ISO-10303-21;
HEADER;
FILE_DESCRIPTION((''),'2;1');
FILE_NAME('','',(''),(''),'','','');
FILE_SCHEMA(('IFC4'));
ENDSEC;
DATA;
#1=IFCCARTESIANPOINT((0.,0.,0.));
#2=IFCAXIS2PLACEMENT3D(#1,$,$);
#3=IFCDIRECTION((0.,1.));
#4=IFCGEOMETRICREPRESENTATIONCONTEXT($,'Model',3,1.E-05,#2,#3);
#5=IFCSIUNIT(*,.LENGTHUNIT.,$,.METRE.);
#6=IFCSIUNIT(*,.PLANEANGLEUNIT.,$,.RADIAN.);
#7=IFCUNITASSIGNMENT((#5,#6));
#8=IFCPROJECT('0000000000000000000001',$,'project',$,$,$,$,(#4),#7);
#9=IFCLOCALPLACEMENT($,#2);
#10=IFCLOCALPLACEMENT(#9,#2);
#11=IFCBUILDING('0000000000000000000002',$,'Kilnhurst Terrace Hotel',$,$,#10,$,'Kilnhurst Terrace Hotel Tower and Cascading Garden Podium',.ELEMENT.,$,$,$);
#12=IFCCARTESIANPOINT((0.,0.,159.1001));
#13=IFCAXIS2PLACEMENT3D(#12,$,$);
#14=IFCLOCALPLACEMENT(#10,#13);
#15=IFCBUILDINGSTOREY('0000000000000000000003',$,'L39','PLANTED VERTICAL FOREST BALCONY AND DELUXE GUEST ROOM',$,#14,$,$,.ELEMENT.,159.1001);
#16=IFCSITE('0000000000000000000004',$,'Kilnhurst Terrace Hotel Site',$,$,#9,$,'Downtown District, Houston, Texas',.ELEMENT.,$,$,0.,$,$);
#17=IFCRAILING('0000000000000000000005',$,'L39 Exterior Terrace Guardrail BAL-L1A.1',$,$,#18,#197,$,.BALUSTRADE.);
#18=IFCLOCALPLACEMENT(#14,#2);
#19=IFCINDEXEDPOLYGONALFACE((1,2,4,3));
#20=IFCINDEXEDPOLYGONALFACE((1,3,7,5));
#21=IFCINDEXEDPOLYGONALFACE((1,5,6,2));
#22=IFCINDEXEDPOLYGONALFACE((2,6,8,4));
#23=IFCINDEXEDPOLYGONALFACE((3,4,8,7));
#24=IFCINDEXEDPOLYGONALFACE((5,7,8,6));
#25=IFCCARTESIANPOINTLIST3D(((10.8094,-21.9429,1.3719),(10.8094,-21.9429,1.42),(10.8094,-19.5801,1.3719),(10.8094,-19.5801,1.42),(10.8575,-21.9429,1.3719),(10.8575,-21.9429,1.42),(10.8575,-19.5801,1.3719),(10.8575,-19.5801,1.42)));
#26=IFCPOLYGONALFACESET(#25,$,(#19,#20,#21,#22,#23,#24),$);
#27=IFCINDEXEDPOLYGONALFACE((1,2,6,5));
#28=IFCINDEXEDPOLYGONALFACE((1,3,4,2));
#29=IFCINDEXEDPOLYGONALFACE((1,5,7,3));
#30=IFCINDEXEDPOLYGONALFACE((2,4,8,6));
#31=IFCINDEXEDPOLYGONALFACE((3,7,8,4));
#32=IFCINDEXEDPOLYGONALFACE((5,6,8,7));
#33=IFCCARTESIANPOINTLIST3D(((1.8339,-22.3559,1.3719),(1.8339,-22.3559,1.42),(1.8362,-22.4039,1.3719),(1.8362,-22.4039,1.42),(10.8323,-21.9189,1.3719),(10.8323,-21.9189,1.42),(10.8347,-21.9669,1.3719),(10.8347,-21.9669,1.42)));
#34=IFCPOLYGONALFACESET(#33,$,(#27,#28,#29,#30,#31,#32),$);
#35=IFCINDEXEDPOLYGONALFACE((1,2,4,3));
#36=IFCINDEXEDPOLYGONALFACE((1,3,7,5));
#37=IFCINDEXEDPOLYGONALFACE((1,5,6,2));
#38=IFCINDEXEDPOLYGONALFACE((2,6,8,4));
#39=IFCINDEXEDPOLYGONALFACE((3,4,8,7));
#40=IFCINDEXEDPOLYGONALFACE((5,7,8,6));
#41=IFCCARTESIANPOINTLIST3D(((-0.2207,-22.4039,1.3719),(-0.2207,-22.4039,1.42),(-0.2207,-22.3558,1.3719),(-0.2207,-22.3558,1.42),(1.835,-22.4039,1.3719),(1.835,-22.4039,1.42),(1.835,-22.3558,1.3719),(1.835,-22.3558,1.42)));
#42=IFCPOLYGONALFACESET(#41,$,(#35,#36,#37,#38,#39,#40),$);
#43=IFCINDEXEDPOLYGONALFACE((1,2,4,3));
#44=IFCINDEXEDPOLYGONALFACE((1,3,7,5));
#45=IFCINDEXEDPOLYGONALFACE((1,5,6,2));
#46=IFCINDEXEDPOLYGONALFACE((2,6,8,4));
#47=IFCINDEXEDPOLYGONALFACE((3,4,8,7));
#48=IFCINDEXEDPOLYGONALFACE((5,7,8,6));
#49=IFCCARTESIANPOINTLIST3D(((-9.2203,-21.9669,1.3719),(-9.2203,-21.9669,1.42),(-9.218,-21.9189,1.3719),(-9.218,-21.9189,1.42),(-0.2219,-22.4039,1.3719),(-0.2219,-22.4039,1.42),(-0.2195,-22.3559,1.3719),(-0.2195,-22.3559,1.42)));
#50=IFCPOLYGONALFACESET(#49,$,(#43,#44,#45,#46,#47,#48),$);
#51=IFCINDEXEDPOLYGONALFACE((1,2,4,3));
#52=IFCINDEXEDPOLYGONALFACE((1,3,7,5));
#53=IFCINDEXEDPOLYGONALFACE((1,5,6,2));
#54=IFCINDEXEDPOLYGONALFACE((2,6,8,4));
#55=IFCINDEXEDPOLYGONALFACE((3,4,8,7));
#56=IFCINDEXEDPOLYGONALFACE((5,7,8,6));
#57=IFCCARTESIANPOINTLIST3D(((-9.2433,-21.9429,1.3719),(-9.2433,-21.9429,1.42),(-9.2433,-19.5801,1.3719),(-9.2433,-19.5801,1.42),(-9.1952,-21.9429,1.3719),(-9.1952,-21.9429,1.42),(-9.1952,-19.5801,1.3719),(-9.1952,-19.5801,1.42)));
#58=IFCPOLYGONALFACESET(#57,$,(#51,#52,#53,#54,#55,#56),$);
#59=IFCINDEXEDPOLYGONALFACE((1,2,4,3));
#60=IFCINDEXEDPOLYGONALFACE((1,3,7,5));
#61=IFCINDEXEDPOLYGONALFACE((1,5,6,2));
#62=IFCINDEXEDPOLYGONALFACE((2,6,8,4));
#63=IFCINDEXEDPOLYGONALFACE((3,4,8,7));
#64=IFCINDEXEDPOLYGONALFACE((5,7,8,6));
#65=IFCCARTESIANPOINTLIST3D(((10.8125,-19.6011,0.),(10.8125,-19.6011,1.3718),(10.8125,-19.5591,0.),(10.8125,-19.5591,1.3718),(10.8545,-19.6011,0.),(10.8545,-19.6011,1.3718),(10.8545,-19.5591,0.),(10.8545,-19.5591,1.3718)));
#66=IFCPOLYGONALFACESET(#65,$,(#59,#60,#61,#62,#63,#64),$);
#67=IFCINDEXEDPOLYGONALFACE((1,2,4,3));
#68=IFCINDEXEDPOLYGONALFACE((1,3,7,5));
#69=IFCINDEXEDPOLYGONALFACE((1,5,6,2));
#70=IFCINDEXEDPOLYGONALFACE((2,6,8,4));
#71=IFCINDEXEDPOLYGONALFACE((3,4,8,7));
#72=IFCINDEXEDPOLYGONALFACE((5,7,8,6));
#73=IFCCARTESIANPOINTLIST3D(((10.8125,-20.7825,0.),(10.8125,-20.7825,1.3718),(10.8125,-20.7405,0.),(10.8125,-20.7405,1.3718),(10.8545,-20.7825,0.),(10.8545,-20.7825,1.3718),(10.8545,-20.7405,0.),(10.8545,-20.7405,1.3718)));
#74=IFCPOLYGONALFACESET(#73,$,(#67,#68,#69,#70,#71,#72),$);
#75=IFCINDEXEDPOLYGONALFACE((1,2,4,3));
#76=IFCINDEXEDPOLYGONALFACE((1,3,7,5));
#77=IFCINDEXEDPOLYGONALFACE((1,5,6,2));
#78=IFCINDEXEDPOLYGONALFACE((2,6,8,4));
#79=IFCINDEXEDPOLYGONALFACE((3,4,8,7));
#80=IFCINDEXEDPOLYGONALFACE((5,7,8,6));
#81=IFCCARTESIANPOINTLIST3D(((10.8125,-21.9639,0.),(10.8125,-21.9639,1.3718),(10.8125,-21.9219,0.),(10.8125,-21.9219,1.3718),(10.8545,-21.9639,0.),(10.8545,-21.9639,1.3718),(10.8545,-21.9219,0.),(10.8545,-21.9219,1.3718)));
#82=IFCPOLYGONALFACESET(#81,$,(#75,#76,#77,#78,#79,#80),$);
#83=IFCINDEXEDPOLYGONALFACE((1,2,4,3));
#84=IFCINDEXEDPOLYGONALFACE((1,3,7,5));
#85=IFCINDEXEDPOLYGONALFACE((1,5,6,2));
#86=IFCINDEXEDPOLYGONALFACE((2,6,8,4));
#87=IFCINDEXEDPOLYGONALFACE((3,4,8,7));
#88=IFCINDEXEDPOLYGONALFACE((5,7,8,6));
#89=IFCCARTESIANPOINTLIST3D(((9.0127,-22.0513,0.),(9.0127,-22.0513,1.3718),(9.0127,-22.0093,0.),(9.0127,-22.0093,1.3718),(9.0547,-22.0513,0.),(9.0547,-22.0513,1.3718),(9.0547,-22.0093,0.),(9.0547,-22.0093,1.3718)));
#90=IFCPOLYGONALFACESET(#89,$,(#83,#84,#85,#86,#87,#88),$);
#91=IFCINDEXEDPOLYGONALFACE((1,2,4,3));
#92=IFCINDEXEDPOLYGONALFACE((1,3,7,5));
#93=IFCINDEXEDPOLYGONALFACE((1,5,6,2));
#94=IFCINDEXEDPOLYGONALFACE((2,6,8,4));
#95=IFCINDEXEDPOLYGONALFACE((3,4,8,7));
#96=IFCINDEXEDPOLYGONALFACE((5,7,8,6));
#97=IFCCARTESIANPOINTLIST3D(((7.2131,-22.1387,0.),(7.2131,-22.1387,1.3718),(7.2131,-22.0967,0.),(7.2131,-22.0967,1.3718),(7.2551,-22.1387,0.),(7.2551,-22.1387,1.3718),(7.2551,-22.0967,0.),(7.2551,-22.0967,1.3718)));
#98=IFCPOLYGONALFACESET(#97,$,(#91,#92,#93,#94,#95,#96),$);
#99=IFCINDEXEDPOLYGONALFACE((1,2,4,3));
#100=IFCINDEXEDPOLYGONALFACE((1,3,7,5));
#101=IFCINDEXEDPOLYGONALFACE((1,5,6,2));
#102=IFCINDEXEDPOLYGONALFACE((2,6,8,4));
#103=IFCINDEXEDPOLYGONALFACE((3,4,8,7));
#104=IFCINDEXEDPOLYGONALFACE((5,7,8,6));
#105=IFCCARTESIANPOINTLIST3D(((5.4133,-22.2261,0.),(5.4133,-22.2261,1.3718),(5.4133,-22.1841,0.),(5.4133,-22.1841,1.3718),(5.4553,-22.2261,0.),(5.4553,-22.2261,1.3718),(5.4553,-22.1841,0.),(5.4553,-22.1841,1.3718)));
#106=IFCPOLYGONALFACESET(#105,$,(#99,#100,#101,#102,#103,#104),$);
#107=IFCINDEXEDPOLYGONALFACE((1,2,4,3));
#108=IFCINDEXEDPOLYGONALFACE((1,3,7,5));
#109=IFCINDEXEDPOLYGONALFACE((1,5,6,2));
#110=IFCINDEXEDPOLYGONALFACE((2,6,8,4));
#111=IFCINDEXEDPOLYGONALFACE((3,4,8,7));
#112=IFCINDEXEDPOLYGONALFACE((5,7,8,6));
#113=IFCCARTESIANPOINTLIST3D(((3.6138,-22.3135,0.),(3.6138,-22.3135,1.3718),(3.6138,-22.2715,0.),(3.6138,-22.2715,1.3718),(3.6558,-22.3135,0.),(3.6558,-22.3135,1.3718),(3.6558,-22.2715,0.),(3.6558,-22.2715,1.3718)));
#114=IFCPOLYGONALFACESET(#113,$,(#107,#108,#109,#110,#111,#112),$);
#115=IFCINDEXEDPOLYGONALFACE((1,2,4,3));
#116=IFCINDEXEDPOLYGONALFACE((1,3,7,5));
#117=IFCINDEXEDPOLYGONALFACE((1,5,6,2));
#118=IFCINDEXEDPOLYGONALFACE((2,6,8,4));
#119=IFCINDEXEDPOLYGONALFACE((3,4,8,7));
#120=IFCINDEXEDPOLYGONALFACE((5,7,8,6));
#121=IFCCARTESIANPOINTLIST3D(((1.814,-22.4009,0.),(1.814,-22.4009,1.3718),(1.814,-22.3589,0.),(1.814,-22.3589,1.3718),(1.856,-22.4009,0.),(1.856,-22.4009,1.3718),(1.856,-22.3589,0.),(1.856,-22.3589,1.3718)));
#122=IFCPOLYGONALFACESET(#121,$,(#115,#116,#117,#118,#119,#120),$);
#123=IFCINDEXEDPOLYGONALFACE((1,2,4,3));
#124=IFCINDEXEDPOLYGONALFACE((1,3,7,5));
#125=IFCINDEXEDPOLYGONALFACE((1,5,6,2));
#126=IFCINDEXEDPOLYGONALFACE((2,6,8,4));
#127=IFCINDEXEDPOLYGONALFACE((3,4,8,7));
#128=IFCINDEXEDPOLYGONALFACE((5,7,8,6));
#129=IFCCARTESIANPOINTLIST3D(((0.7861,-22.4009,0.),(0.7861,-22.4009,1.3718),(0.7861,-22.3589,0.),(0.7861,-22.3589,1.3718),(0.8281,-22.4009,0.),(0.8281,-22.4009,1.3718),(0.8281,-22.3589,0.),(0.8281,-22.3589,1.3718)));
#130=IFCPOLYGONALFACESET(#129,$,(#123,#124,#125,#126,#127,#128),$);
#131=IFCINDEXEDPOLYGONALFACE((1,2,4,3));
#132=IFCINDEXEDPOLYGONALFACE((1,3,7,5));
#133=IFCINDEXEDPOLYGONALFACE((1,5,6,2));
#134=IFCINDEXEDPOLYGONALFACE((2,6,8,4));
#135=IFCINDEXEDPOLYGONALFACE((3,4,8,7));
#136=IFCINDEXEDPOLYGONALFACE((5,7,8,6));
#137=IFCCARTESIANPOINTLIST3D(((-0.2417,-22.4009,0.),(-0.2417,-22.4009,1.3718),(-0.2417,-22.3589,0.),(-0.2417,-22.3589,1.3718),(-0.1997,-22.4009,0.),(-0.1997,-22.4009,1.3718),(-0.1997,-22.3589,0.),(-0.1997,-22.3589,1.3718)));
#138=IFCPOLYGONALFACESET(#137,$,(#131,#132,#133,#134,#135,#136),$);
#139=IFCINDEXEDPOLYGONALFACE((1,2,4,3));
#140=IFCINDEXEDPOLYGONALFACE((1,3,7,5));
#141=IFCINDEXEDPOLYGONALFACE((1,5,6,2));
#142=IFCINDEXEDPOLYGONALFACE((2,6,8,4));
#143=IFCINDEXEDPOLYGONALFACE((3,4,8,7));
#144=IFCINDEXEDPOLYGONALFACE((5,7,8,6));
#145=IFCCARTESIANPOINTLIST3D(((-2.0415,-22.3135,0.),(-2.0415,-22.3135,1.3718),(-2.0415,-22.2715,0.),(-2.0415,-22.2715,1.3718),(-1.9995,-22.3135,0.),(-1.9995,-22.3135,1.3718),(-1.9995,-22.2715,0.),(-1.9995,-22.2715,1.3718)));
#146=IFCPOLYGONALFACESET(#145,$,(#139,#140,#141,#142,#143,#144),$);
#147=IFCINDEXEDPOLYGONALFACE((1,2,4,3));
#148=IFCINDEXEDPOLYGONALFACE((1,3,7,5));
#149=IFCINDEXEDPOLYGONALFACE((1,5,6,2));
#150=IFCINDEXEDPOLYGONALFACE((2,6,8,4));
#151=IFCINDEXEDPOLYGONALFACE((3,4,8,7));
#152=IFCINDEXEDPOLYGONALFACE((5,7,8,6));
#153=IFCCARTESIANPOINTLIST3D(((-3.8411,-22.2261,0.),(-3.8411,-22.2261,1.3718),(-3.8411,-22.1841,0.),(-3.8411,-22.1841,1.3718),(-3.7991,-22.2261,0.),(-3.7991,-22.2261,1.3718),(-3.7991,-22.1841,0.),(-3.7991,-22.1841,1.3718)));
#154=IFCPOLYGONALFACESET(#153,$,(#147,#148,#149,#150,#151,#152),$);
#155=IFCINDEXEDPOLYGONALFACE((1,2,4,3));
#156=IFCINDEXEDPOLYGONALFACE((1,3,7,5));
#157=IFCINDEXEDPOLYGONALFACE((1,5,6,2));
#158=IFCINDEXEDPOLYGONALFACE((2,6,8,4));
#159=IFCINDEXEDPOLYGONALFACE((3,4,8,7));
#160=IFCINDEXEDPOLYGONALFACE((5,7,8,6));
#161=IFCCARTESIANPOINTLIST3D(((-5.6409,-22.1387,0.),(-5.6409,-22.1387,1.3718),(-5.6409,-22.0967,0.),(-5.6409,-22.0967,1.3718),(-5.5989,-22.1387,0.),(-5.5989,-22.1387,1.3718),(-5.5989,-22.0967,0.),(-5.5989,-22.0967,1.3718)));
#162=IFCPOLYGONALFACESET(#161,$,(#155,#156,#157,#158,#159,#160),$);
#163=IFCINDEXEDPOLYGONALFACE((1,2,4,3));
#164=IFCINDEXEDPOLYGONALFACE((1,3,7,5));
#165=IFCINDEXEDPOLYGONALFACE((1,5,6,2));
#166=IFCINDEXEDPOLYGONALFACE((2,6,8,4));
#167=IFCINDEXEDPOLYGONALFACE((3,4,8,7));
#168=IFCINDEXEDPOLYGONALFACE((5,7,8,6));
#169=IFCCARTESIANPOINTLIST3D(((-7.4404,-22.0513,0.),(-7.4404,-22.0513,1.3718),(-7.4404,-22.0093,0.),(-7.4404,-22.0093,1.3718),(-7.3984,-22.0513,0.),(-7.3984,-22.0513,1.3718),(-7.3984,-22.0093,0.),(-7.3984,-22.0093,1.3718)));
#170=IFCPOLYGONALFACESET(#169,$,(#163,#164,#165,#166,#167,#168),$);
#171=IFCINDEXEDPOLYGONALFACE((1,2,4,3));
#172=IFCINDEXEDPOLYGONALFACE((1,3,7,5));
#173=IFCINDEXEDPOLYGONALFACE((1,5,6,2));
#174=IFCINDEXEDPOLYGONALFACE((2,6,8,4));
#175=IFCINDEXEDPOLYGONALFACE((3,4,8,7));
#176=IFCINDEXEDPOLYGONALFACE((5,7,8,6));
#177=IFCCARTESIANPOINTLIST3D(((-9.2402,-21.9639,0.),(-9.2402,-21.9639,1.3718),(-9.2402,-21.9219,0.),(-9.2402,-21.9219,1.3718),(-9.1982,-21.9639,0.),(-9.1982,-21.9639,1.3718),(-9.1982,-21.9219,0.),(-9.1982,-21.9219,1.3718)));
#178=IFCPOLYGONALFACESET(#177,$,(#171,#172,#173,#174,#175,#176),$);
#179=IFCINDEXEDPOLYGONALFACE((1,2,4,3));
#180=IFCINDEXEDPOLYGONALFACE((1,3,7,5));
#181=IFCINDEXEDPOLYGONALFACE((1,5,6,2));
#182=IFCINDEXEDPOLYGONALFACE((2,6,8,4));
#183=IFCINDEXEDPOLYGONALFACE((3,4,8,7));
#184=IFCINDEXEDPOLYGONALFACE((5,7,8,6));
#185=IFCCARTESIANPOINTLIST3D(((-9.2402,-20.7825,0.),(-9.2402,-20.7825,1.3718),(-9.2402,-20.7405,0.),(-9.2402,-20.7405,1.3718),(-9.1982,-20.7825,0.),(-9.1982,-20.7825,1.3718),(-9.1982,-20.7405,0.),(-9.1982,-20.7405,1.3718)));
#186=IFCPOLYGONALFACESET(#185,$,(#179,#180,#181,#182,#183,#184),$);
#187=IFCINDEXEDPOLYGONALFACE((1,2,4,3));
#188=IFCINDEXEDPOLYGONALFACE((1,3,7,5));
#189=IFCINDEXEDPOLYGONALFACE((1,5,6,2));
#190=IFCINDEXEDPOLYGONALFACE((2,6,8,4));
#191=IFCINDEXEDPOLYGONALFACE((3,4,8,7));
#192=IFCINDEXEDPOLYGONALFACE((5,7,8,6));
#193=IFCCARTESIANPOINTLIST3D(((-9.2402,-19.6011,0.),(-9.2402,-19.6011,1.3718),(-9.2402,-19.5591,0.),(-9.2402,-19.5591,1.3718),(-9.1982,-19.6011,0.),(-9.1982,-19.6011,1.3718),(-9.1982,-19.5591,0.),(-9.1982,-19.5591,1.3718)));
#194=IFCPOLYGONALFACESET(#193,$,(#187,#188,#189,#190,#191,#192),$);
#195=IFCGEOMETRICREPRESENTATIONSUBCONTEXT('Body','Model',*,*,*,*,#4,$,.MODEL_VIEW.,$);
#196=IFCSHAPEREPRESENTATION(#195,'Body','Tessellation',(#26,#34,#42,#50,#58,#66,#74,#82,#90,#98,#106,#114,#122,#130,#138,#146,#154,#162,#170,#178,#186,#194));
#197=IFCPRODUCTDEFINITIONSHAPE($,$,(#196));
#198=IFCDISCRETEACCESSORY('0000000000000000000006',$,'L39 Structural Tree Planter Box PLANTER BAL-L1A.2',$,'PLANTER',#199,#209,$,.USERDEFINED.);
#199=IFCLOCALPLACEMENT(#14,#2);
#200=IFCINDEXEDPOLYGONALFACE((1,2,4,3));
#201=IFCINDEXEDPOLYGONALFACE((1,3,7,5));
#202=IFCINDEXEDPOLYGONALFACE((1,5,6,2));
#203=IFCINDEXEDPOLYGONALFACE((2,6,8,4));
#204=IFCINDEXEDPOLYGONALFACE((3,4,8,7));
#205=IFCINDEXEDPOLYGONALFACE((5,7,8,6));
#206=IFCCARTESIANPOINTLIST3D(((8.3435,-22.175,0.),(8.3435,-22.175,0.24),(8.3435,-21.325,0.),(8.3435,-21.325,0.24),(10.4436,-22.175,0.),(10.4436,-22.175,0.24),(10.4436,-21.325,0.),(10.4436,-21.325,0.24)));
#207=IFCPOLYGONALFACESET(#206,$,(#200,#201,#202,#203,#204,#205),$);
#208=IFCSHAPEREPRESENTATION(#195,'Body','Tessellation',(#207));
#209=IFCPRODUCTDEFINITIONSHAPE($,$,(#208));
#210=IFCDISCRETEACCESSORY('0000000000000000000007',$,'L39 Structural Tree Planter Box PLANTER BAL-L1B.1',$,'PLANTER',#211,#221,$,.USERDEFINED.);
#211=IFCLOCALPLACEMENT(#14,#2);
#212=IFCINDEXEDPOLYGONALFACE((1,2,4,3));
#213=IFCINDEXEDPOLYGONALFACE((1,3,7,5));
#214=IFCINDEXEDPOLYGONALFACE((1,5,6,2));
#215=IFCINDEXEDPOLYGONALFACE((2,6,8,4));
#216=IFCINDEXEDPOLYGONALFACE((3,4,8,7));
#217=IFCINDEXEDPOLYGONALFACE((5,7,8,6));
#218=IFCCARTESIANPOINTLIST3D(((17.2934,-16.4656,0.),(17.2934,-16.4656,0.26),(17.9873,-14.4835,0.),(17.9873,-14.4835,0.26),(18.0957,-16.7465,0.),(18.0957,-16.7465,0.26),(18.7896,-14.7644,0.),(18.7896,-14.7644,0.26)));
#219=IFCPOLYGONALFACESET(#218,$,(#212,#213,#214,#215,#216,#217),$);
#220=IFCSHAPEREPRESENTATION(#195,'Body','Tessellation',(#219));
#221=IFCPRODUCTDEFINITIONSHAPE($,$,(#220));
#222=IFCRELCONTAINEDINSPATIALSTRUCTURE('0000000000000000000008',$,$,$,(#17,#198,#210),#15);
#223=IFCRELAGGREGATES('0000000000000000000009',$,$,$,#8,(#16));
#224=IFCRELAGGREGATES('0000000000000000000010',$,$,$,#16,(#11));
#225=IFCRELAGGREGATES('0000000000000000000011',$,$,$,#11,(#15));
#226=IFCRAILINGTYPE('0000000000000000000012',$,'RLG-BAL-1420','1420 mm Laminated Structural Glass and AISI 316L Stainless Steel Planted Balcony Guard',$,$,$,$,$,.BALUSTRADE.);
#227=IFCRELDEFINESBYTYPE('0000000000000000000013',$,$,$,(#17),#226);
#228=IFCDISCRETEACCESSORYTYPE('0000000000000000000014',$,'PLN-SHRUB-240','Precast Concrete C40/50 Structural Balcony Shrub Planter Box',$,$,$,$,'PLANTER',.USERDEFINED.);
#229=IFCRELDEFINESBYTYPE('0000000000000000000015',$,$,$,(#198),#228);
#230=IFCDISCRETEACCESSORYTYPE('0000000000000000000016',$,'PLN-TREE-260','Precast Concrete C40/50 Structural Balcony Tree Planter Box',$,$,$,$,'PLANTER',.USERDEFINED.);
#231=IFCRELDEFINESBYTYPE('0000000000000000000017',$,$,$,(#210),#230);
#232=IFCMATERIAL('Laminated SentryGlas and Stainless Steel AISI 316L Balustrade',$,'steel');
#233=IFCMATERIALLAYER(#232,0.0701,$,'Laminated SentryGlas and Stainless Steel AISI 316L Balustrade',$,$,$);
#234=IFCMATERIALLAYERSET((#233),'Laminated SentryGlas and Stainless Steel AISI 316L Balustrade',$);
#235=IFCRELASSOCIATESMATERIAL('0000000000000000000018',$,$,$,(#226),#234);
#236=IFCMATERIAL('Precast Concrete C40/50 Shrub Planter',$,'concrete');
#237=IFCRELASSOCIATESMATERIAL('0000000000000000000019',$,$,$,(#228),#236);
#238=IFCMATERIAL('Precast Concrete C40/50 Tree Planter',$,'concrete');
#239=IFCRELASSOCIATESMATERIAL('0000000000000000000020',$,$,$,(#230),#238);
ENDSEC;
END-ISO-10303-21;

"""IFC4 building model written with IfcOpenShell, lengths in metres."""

from ifc_helpers import new_model, si_unit, direction, frame, origin, origin_2d, place, context, subcontext, project, spatial, rectangle, extrude, material, layer, layer_set, type_object, element, save


model = new_model("IFC4")

# Units and contexts
model_context = context("Model", 3, precision=1e-05, world=origin(), true_north=direction((0.0, 1.0)))
body_context = subcontext(model_context, "Body", "Model", "MODEL_VIEW")
ifc_project = project(units=[si_unit("LENGTHUNIT", "METRE"), si_unit("PLANEANGLEUNIT", "RADIAN")], contexts=[model_context])

# Site, building, storey
site_placement = place(None, origin())
site = spatial("IfcSite", under=ifc_project, at=site_placement, Name="Kilnhurst Terrace Hotel Site", LongName="Downtown District, Houston, Texas", CompositionType="ELEMENT", RefElevation=0.0)
building_placement = place(site_placement, origin())
building = spatial("IfcBuilding", under=site, at=building_placement, Name="Kilnhurst Terrace Hotel", LongName="Kilnhurst Terrace Hotel Tower and Cascading Garden Podium", CompositionType="ELEMENT")
storey_placement = place(building_placement, frame((0.0, 0.0, 159.1001)))
storey = spatial("IfcBuildingStorey", under=building, at=storey_placement, Name="L39", Description="PLANTED VERTICAL FOREST BALCONY AND DELUXE GUEST ROOM", CompositionType="ELEMENT", Elevation=159.1001)

# Railing
ifc_material_1 = material(Name="Laminated SentryGlas and Stainless Steel AISI 316L Balustrade", Category="steel")
ifc_layer_1 = layer(ifc_material_1, 0.0701, Name="Laminated SentryGlas and Stainless Steel AISI 316L Balustrade")
ifc_layer_set_1 = layer_set([ifc_layer_1], Name="Laminated SentryGlas and Stainless Steel AISI 316L Balustrade")
railing_type = type_object("IfcRailingType", Name="RLG-BAL-1420", Description="1420 mm Laminated Structural Glass and AISI 316L Stainless Steel Planted Balcony Guard", PredefinedType="BALUSTRADE", material=ifc_layer_set_1)
railing_placement = place(storey_placement, frame((10.8335, -19.5801, 0.0)))
element("IfcRailing", 1, at=railing_placement, inside=storey, type_object=railing_type, Name="L39 Exterior Terrace Guardrail BAL-L1A.1", PredefinedType="BALUSTRADE", context=body_context, shape_type="SweptSolid", body=[
    extrude(rectangle(XDim=0.0481, YDim=0.0481, at=origin_2d()), frame((0.0, 0.0, 1.396), z_axis=(0.0, -1.0, 0.0), x_axis=(1.0, 0.0, 0.0)), (0.0, 0.0, 1.0), 2.3628),
    extrude(rectangle(XDim=0.0481, YDim=0.0481, at=origin_2d()), frame((0.0, -2.3628, 1.396), z_axis=(-0.998823, -0.048508, 0.0), x_axis=(0.048508, -0.998823, 0.0)), (0.0, 0.0, 1.0), 9.009),
    extrude(rectangle(XDim=0.0481, YDim=0.0481, at=origin_2d()), frame((-8.9985, -2.7998, 1.396), z_axis=(-1.0, 0.0, 0.0), x_axis=(0.0, -1.0, 0.0)), (0.0, 0.0, 1.0), 2.0557),
    extrude(rectangle(XDim=0.0481, YDim=0.0481, at=origin_2d()), frame((-11.0542, -2.7998, 1.396), z_axis=(-0.998823, 0.048508, 0.0), x_axis=(-0.048508, -0.998823, 0.0)), (0.0, 0.0, 1.0), 9.009),
    extrude(rectangle(XDim=0.0481, YDim=0.0481, at=origin_2d()), frame((-20.0527, -2.3628, 1.396), z_axis=(0.0, 1.0, 0.0), x_axis=(-1.0, 0.0, 0.0)), (0.0, 0.0, 1.0), 2.3628),
    extrude(rectangle(XDim=0.042, YDim=0.042, at=origin_2d()), origin(), (0.0, 0.0, 1.0), 1.3718),
    extrude(rectangle(XDim=0.042, YDim=0.042, at=origin_2d()), frame((0.0, -1.1814, 0.0)), (0.0, 0.0, 1.0), 1.3718),
    extrude(rectangle(XDim=0.042, YDim=0.042, at=origin_2d()), frame((0.0, -2.3628, 0.0)), (0.0, 0.0, 1.0), 1.3718),
    extrude(rectangle(XDim=0.042, YDim=0.042, at=origin_2d()), frame((-1.7998, -2.4502, 0.0)), (0.0, 0.0, 1.0), 1.3718),
    extrude(rectangle(XDim=0.042, YDim=0.042, at=origin_2d()), frame((-3.5994, -2.5376, 0.0)), (0.0, 0.0, 1.0), 1.3718),
    extrude(rectangle(XDim=0.042, YDim=0.042, at=origin_2d()), frame((-5.3992, -2.625, 0.0)), (0.0, 0.0, 1.0), 1.3718),
    extrude(rectangle(XDim=0.042, YDim=0.042, at=origin_2d()), frame((-7.1987, -2.7124, 0.0)), (0.0, 0.0, 1.0), 1.3718),
    extrude(rectangle(XDim=0.042, YDim=0.042, at=origin_2d()), frame((-8.9985, -2.7998, 0.0)), (0.0, 0.0, 1.0), 1.3718),
    extrude(rectangle(XDim=0.042, YDim=0.042, at=origin_2d()), frame((-10.0264, -2.7998, 0.0)), (0.0, 0.0, 1.0), 1.3718),
    extrude(rectangle(XDim=0.042, YDim=0.042, at=origin_2d()), frame((-11.0542, -2.7998, 0.0)), (0.0, 0.0, 1.0), 1.3718),
    extrude(rectangle(XDim=0.042, YDim=0.042, at=origin_2d()), frame((-12.854, -2.7124, 0.0)), (0.0, 0.0, 1.0), 1.3718),
    extrude(rectangle(XDim=0.042, YDim=0.042, at=origin_2d()), frame((-14.6536, -2.625, 0.0)), (0.0, 0.0, 1.0), 1.3718),
    extrude(rectangle(XDim=0.042, YDim=0.042, at=origin_2d()), frame((-16.4534, -2.5376, 0.0)), (0.0, 0.0, 1.0), 1.3718),
    extrude(rectangle(XDim=0.042, YDim=0.042, at=origin_2d()), frame((-18.2529, -2.4502, 0.0)), (0.0, 0.0, 1.0), 1.3718),
    extrude(rectangle(XDim=0.042, YDim=0.042, at=origin_2d()), frame((-20.0527, -2.3628, 0.0)), (0.0, 0.0, 1.0), 1.3718),
    extrude(rectangle(XDim=0.042, YDim=0.042, at=origin_2d()), frame((-20.0527, -1.1814, 0.0)), (0.0, 0.0, 1.0), 1.3718),
    extrude(rectangle(XDim=0.042, YDim=0.042, at=origin_2d()), frame((-20.0527, 0.0, 0.0)), (0.0, 0.0, 1.0), 1.3718),
])

# Discrete accessories
ifc_material_2 = material(Name="Precast Concrete C40/50 Shrub Planter", Category="concrete")
discrete_accessory_type_1 = type_object("IfcDiscreteAccessoryType", Name="PLN-SHRUB-240", Description="Precast Concrete C40/50 Structural Balcony Shrub Planter Box", ElementType="PLANTER", PredefinedType="USERDEFINED", material=ifc_material_2)
discrete_accessory_1_placement = place(storey_placement, frame((9.3936, -21.75, 0.0), z_axis=(0.0, 0.0, 1.0), x_axis=(1.0, 0.0, 0.0)))
element("IfcDiscreteAccessory", 2, at=discrete_accessory_1_placement, inside=storey, type_object=discrete_accessory_type_1, Name="L39 Structural Tree Planter Box PLANTER BAL-L1A.2", ObjectType="PLANTER", PredefinedType="USERDEFINED", context=body_context, shape_type="SweptSolid", body=[
    extrude(rectangle(XDim=2.1001, YDim=0.8501, at=origin_2d()), origin(), (0.0, 0.0, 1.0), 0.24),
])
ifc_material_3 = material(Name="Precast Concrete C40/50 Tree Planter", Category="concrete")
discrete_accessory_type_2 = type_object("IfcDiscreteAccessoryType", Name="PLN-TREE-260", Description="Precast Concrete C40/50 Structural Balcony Tree Planter Box", ElementType="PLANTER", PredefinedType="USERDEFINED", material=ifc_material_3)
discrete_accessory_2_placement = place(storey_placement, frame((18.0415, -15.615, 0.0), z_axis=(0.0, 0.0, 1.0), x_axis=(0.330432, 0.94383, 0.0)))
element("IfcDiscreteAccessory", 3, at=discrete_accessory_2_placement, inside=storey, type_object=discrete_accessory_type_2, Name="L39 Structural Tree Planter Box PLANTER BAL-L1B.1", ObjectType="PLANTER", PredefinedType="USERDEFINED", context=body_context, shape_type="SweptSolid", body=[
    extrude(rectangle(XDim=2.1001, YDim=0.8501, at=origin_2d()), origin(), (0.0, 0.0, 1.0), 0.26),
])

save(model, "model.ifc")
